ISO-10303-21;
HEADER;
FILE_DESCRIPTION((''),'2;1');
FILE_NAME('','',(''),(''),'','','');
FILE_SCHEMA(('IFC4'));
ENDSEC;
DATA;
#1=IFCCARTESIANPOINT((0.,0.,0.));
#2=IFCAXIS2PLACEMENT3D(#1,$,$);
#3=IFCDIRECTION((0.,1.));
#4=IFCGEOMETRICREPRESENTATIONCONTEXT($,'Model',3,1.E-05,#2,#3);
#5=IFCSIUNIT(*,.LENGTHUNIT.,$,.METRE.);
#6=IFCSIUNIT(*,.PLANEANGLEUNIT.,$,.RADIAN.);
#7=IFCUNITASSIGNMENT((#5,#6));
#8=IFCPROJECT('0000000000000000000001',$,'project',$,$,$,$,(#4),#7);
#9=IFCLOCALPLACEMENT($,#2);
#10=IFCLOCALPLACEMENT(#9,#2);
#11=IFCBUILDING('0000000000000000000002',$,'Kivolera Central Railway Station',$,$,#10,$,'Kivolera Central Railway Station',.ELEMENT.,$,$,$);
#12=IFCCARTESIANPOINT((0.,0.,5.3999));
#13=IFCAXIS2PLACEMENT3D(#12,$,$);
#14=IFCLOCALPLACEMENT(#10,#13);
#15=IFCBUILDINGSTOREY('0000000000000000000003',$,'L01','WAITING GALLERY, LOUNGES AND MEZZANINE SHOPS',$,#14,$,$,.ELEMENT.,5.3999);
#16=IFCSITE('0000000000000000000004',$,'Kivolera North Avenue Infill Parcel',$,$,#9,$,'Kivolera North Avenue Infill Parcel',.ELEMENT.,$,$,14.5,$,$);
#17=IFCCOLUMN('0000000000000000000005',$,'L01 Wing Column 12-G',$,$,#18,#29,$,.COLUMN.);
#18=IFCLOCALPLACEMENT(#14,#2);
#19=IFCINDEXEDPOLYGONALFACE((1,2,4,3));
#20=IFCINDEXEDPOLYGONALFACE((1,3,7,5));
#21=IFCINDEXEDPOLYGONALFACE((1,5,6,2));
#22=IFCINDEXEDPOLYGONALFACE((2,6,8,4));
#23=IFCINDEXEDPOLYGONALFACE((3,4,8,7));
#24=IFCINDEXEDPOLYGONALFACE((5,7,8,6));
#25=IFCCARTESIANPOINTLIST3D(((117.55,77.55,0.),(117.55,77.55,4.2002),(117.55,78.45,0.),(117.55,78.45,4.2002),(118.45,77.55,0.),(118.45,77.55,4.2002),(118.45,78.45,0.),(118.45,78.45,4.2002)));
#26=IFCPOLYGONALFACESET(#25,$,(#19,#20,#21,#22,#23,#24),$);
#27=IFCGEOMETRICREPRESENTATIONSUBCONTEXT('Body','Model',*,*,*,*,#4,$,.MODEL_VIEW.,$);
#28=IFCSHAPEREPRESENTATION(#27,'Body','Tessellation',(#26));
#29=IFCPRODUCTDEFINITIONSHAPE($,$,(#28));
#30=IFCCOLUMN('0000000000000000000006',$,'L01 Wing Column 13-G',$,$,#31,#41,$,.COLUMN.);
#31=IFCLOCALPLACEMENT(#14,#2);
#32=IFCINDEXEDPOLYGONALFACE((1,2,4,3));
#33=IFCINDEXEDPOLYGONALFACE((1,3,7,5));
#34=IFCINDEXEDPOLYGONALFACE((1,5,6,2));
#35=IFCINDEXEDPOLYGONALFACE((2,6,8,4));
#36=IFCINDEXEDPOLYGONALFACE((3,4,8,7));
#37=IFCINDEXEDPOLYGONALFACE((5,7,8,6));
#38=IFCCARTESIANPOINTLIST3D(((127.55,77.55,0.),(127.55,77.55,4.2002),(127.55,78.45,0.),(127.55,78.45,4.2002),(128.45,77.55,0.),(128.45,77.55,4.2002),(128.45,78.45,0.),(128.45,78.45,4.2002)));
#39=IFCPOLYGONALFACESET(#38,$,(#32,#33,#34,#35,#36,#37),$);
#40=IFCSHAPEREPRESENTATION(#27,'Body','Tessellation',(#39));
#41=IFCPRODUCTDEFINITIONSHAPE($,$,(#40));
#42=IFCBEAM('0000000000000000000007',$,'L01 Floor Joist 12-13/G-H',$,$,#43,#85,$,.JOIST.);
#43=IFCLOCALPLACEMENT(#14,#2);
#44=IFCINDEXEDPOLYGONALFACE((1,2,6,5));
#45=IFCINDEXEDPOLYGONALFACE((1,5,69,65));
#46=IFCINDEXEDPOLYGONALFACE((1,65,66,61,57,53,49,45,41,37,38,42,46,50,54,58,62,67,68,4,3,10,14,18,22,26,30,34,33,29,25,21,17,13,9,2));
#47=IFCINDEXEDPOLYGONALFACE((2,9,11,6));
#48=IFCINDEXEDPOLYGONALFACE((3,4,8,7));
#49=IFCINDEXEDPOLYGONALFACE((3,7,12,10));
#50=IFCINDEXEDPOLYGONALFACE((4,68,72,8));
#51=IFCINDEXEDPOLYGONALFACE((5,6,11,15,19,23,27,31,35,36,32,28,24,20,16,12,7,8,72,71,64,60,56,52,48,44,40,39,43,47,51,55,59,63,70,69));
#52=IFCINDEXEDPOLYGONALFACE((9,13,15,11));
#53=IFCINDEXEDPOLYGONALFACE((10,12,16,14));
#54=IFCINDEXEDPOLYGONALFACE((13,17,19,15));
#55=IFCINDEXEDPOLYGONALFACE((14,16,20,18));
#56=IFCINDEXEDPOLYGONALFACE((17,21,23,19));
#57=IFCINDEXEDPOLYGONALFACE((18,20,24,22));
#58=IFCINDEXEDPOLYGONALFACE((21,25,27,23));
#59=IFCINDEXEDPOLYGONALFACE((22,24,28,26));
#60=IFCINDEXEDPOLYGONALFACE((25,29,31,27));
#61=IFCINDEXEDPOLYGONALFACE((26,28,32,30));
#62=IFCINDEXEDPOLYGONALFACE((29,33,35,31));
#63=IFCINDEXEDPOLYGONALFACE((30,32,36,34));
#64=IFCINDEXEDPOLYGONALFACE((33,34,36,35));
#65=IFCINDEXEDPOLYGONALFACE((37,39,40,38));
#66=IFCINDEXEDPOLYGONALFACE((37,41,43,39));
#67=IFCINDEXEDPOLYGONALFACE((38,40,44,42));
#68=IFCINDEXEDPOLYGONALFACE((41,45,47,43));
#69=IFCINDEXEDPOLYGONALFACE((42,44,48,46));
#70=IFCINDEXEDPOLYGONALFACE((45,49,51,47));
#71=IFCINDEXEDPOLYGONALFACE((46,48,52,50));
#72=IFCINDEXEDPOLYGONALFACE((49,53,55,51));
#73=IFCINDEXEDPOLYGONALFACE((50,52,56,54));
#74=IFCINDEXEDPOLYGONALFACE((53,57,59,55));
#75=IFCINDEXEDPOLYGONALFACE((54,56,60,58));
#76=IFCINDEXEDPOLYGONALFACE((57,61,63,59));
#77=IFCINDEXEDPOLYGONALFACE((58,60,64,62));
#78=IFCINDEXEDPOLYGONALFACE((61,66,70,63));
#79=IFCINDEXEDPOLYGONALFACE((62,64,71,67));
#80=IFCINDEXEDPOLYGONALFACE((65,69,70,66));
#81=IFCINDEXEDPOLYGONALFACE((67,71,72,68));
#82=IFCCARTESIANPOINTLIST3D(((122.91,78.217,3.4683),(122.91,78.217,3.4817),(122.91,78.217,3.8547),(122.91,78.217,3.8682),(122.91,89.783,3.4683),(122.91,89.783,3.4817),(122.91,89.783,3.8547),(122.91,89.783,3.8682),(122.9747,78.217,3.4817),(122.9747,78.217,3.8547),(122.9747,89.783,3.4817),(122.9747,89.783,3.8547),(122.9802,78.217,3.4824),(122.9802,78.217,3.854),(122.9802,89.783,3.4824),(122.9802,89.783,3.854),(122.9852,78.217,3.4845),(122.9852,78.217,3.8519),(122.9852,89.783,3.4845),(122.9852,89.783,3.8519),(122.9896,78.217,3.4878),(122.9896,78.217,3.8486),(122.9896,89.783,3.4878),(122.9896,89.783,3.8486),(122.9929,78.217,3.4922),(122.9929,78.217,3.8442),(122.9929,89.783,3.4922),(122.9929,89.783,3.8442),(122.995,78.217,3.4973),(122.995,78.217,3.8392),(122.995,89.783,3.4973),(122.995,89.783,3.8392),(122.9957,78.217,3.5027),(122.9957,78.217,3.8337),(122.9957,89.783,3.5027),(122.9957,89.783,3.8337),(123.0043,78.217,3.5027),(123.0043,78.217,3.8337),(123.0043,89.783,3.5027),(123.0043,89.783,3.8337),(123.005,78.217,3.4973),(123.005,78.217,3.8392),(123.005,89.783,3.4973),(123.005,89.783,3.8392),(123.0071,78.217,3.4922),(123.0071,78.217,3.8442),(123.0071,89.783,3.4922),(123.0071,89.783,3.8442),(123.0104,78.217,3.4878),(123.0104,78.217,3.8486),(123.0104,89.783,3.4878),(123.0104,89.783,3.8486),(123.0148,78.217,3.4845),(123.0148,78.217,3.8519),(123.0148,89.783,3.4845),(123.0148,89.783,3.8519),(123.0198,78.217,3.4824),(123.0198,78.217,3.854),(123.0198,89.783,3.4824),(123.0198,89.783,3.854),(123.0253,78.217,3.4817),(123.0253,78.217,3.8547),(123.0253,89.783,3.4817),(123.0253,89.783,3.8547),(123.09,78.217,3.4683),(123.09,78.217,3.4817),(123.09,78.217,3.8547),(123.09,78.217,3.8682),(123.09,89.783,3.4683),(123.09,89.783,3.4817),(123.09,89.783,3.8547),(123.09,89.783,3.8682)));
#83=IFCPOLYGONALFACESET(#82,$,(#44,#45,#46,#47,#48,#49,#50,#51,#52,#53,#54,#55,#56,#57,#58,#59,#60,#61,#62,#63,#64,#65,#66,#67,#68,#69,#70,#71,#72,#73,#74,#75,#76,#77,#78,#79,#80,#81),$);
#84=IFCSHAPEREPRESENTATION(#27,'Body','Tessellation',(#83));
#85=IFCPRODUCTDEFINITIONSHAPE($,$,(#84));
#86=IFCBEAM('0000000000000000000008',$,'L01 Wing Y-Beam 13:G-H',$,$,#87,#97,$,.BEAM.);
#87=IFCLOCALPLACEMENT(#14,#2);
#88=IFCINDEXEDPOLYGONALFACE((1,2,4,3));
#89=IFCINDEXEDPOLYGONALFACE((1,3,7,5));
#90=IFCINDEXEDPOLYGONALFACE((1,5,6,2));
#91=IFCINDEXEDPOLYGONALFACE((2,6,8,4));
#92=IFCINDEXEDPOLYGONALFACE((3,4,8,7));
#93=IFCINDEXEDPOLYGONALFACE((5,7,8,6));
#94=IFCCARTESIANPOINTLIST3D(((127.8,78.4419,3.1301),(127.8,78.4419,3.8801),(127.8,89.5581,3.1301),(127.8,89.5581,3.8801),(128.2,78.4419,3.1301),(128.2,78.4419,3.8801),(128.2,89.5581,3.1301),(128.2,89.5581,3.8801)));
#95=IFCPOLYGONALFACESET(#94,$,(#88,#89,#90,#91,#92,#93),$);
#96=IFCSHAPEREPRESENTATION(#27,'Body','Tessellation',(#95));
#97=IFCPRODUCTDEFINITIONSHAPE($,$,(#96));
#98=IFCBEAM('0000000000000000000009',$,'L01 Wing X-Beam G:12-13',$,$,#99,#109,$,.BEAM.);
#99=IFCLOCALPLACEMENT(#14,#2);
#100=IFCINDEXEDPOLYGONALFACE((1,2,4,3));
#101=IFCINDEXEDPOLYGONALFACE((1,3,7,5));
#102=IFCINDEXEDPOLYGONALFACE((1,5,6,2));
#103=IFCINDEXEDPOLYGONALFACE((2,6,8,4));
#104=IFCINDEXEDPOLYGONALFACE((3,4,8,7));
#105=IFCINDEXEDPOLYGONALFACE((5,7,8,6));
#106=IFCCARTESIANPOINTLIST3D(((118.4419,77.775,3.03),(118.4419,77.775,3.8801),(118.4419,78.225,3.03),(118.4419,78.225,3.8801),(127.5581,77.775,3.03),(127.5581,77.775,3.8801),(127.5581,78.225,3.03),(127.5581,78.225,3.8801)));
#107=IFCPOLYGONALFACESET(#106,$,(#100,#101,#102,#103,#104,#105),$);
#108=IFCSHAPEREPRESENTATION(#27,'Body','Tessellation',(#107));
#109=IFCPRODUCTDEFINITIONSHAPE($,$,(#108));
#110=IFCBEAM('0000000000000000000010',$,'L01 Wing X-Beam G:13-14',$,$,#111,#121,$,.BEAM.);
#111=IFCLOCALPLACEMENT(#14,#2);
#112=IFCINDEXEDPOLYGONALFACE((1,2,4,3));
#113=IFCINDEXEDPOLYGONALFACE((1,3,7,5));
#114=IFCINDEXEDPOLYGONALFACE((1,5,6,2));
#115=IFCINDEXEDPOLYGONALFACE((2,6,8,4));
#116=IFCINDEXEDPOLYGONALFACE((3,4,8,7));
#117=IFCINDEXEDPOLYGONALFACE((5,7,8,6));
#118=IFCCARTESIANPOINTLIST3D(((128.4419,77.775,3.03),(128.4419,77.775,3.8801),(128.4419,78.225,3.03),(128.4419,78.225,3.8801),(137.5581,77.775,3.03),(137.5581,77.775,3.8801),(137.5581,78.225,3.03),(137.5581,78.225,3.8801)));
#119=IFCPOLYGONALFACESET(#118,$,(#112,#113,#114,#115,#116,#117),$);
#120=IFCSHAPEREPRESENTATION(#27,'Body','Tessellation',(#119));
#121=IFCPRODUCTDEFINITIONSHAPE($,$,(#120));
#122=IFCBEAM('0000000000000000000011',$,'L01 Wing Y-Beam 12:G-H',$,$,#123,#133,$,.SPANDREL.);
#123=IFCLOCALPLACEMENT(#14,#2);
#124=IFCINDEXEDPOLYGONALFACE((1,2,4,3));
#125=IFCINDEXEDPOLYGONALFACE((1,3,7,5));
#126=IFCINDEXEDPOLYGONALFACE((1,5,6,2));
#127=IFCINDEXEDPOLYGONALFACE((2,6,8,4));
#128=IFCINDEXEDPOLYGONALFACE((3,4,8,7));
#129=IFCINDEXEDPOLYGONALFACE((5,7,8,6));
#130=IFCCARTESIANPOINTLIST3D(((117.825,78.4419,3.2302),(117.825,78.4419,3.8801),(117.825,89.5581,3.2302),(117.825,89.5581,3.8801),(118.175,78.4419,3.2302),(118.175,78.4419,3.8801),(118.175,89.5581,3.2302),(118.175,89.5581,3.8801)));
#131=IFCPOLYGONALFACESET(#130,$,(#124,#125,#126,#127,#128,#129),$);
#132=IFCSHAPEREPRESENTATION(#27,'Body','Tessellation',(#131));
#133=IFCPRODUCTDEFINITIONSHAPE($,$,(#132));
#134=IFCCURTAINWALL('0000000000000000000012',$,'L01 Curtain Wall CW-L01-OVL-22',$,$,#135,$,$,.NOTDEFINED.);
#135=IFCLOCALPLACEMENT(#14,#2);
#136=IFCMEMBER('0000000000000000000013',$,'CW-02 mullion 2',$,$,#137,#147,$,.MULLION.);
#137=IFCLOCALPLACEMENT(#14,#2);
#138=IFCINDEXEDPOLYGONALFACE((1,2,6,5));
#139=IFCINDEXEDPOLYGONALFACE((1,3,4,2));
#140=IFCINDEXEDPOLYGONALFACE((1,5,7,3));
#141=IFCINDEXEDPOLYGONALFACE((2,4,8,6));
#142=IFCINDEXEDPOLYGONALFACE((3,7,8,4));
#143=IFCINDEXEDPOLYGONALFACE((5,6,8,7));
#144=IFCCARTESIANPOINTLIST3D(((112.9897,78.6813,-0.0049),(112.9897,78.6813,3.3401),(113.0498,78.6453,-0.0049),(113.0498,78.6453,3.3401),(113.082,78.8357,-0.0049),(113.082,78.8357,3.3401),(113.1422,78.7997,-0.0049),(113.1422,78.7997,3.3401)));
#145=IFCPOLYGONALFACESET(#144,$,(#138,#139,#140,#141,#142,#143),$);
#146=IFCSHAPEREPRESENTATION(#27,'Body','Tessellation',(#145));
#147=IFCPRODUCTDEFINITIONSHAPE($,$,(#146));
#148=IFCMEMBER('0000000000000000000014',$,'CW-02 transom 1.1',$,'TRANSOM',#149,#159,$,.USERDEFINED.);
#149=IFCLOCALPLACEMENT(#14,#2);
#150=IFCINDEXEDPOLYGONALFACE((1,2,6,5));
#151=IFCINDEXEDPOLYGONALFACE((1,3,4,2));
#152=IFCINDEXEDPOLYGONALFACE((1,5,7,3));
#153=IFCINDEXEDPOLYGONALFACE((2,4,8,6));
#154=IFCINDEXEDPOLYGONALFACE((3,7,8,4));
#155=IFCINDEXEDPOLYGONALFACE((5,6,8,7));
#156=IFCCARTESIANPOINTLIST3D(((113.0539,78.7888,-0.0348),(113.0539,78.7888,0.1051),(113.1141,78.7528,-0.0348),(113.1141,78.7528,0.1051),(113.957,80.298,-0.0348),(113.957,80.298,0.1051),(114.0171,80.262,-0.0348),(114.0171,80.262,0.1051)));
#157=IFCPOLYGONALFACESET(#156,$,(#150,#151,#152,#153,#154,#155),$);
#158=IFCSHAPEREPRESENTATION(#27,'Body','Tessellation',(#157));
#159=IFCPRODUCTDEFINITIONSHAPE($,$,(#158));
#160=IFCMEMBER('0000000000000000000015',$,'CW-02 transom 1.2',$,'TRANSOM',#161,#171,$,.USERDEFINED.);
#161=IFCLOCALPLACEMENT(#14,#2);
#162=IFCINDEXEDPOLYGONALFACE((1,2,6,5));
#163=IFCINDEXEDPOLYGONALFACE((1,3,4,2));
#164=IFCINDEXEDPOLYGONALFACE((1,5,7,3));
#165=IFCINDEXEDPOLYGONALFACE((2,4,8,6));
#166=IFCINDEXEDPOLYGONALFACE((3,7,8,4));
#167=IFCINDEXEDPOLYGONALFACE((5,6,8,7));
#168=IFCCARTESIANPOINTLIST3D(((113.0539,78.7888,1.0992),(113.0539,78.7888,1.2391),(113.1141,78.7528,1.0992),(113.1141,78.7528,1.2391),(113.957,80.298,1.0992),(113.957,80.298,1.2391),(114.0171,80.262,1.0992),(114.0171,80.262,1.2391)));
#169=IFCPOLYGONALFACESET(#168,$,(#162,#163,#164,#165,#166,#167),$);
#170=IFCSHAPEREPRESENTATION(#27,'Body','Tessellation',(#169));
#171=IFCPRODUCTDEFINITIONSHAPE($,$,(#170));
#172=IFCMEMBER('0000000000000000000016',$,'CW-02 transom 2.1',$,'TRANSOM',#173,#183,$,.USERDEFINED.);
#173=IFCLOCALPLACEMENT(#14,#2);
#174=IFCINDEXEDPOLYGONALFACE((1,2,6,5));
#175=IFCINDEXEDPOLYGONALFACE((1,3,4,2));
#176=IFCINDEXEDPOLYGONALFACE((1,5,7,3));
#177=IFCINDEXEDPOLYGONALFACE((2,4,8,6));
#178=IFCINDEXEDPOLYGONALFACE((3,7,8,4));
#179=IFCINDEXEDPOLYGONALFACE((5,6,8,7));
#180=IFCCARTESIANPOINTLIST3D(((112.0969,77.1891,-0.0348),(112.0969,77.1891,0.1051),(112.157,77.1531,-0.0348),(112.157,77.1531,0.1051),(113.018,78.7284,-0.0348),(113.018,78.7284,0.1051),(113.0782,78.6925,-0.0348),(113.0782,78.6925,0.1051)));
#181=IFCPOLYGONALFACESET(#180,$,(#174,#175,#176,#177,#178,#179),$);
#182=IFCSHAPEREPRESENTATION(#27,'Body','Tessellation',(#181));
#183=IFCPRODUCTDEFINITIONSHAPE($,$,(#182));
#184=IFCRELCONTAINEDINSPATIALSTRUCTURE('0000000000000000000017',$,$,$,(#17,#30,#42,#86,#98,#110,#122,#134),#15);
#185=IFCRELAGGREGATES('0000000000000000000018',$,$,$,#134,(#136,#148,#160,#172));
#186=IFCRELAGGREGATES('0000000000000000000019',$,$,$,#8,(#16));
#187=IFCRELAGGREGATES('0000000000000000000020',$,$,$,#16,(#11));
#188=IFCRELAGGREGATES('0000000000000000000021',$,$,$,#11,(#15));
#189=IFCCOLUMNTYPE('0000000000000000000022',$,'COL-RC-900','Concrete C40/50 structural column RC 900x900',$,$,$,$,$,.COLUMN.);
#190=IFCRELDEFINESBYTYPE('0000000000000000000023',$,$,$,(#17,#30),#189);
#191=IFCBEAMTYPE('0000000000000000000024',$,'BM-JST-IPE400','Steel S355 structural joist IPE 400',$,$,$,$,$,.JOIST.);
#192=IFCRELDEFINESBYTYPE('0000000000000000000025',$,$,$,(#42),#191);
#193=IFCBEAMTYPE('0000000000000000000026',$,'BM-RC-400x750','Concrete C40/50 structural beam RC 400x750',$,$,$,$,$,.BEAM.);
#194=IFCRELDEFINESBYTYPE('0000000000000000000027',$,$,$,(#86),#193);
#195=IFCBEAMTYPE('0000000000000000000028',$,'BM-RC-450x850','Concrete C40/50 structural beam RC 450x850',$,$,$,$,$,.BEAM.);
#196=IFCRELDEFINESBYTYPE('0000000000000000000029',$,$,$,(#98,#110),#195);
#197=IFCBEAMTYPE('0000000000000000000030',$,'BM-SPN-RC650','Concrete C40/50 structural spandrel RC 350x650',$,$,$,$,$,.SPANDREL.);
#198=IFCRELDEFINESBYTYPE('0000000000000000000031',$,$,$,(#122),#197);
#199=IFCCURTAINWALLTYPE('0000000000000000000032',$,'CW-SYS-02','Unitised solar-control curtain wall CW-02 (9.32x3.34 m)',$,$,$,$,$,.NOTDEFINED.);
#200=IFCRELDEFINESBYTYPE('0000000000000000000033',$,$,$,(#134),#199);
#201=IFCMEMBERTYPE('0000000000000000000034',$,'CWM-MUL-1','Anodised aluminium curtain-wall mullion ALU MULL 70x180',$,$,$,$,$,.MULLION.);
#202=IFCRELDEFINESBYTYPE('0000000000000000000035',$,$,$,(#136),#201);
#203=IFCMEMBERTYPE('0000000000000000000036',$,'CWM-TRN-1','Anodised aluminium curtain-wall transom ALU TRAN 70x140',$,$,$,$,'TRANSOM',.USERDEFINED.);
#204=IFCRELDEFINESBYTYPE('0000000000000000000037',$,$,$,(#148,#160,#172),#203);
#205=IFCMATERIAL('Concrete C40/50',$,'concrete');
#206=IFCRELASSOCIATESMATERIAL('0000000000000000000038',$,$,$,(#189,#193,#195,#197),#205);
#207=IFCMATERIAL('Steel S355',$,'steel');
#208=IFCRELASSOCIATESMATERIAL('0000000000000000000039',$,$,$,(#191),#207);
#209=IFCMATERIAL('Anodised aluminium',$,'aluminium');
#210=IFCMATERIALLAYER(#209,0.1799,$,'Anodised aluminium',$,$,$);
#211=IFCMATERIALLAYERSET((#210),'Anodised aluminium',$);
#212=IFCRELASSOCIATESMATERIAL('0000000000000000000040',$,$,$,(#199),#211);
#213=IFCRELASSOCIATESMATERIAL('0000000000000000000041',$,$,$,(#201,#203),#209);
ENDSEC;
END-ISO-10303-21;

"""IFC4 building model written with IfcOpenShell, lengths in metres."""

from ifc_helpers import new_model, si_unit, direction, frame, origin, origin_2d, place, context, subcontext, project, spatial, rectangle, i_section, extrude, material, layer, layer_set, material_profile, profile_set, type_object, element, aggregate, save


model = new_model("IFC4")

# Units and contexts
model_context = context("Model", 3, precision=1e-05, world=origin(), true_north=direction((0.0, 1.0)))
body_context = subcontext(model_context, "Body", "Model", "MODEL_VIEW")
ifc_project = project(units=[si_unit("LENGTHUNIT", "METRE"), si_unit("PLANEANGLEUNIT", "RADIAN")], contexts=[model_context])

# Site, building, storey
site_placement = place(None, origin())
site = spatial("IfcSite", under=ifc_project, at=site_placement, Name="Kivolera North Avenue Infill Parcel", LongName="Kivolera North Avenue Infill Parcel", CompositionType="ELEMENT", RefElevation=14.5)
building_placement = place(site_placement, origin())
building = spatial("IfcBuilding", under=site, at=building_placement, Name="Kivolera Central Railway Station", LongName="Kivolera Central Railway Station", CompositionType="ELEMENT")
storey_placement = place(building_placement, frame((0.0, 0.0, 5.3999)))
storey = spatial("IfcBuildingStorey", under=building, at=storey_placement, Name="L01", Description="WAITING GALLERY, LOUNGES AND MEZZANINE SHOPS", CompositionType="ELEMENT", Elevation=5.3999)

# Columns
ifc_material_1 = material(Name="Concrete C40/50", Category="concrete")
ifc_material_profile_1 = material_profile(ifc_material_1, rectangle(XDim=0.8999, YDim=0.8999, at=origin_2d()), Name="RC 900x900")
ifc_profile_set_1 = profile_set([ifc_material_profile_1], Name="Concrete C40/50")
column_type = type_object("IfcColumnType", Name="COL-RC-900", Description="Concrete C40/50 structural column RC 900x900", PredefinedType="COLUMN", material=ifc_profile_set_1)
for number, where, z_axis, x_axis, name in (
    (1, (118.0, 78.0, 0.0), (0.0, 0.0, 1.0), (1.0, 0.0, 0.0), "L01 Wing Column 12-G"),
    (2, (128.0, 78.0, 0.0), (0.0, 0.0, 1.0), (1.0, 0.0, 0.0), "L01 Wing Column 13-G"),
):
    element("IfcColumn", number, at=place(storey_placement, frame(where, z_axis=z_axis, x_axis=x_axis)), inside=storey, type_object=column_type, Name=name, PredefinedType="COLUMN", context=body_context, shape_type="SweptSolid", body=[
        extrude(rectangle(XDim=0.8999, YDim=0.8999, at=origin_2d()), origin(), (0.0, 0.0, 1.0), 4.2002),
    ])

# Beams
ifc_material_2 = material(Name="Steel S355", Category="steel")
ifc_material_profile_2 = material_profile(ifc_material_2, i_section(OverallWidth=0.1799, OverallDepth=0.3999, WebThickness=0.0085, FlangeThickness=0.0134, FilletRadius=0.021, at=origin_2d()), Name="IPE 400")
ifc_profile_set_2 = profile_set([ifc_material_profile_2], Name="Steel S355")
beam_type_1 = type_object("IfcBeamType", Name="BM-JST-IPE400", Description="Steel S355 structural joist IPE 400", PredefinedType="JOIST", material=ifc_profile_set_2)
beam_1_placement = place(storey_placement, frame((123.0, 78.217, 3.6682), z_axis=(0.0, 1.0, 0.0), x_axis=(-1.0, 0.0, 0.0)))
element("IfcBeam", 3, at=beam_1_placement, inside=storey, type_object=beam_type_1, Name="L01 Floor Joist 12-13/G-H", PredefinedType="JOIST", context=body_context, shape_type="SweptSolid", body=[
    extrude(i_section(OverallWidth=0.1799, OverallDepth=0.3999, WebThickness=0.0085, FlangeThickness=0.0134, FilletRadius=0.021, at=origin_2d()), origin(), (0.0, 0.0, 1.0), 11.5659),
])
ifc_material_profile_3 = material_profile(ifc_material_1, rectangle(XDim=0.3999, YDim=0.75, at=origin_2d()), Name="RC 400x750")
ifc_profile_set_3 = profile_set([ifc_material_profile_3], Name="Concrete C40/50")
beam_type_2 = type_object("IfcBeamType", Name="BM-RC-400x750", Description="Concrete C40/50 structural beam RC 400x750", PredefinedType="BEAM", material=ifc_profile_set_3)
beam_2_placement = place(storey_placement, frame((128.0, 78.4419, 3.5051), z_axis=(0.0, 1.0, 0.0), x_axis=(-1.0, 0.0, 0.0)))
element("IfcBeam", 4, at=beam_2_placement, inside=storey, type_object=beam_type_2, Name="L01 Wing Y-Beam 13:G-H", PredefinedType="BEAM", context=body_context, shape_type="SweptSolid", body=[
    extrude(rectangle(XDim=0.3999, YDim=0.75, at=origin_2d()), origin(), (0.0, 0.0, 1.0), 11.1162),
])
ifc_material_profile_4 = material_profile(ifc_material_1, rectangle(XDim=0.45, YDim=0.8501, at=origin_2d()), Name="RC 450x850")
ifc_profile_set_4 = profile_set([ifc_material_profile_4], Name="Concrete C40/50")
beam_type_3 = type_object("IfcBeamType", Name="BM-RC-450x850", Description="Concrete C40/50 structural beam RC 450x850", PredefinedType="BEAM", material=ifc_profile_set_4)
for number, where, z_axis, x_axis, name in (
    (5, (118.4419, 78.0, 3.4551), (1.0, 0.0, 0.0), (0.0, 1.0, 0.0), "L01 Wing X-Beam G:12-13"),
    (6, (128.4419, 78.0, 3.4551), (1.0, 0.0, 0.0), (0.0, 1.0, 0.0), "L01 Wing X-Beam G:13-14"),
):
    element("IfcBeam", number, at=place(storey_placement, frame(where, z_axis=z_axis, x_axis=x_axis)), inside=storey, type_object=beam_type_3, Name=name, PredefinedType="BEAM", context=body_context, shape_type="SweptSolid", body=[
        extrude(rectangle(XDim=0.45, YDim=0.8501, at=origin_2d()), origin(), (0.0, 0.0, 1.0), 9.1162),
    ])
ifc_material_profile_5 = material_profile(ifc_material_1, rectangle(XDim=0.3501, YDim=0.6499, at=origin_2d()), Name="RC 350x650")
ifc_profile_set_5 = profile_set([ifc_material_profile_5], Name="Concrete C40/50")
beam_type_4 = type_object("IfcBeamType", Name="BM-SPN-RC650", Description="Concrete C40/50 structural spandrel RC 350x650", PredefinedType="SPANDREL", material=ifc_profile_set_5)
beam_3_placement = place(storey_placement, frame((118.0, 78.4419, 3.5552), z_axis=(0.0, 1.0, 0.0), x_axis=(-1.0, 0.0, 0.0)))
element("IfcBeam", 7, at=beam_3_placement, inside=storey, type_object=beam_type_4, Name="L01 Wing Y-Beam 12:G-H", PredefinedType="SPANDREL", context=body_context, shape_type="SweptSolid", body=[
    extrude(rectangle(XDim=0.3501, YDim=0.6499, at=origin_2d()), origin(), (0.0, 0.0, 1.0), 11.1162),
])

# Curtain wall, members
ifc_material_3 = material(Name="Anodised aluminium", Category="aluminium")
ifc_layer_1 = layer(ifc_material_3, 0.1799, Name="Anodised aluminium")
ifc_layer_set_1 = layer_set([ifc_layer_1], Name="Anodised aluminium")
curtain_wall_type = type_object("IfcCurtainWallType", Name="CW-SYS-02", Description="Unitised solar-control curtain wall CW-02 (9.32x3.34 m)", PredefinedType="NOTDEFINED", material=ifc_layer_set_1)
curtain_wall_placement = place(storey_placement, origin())
curtain_wall = element("IfcCurtainWall", 8, at=curtain_wall_placement, inside=storey, type_object=curtain_wall_type, Name="L01 Curtain Wall CW-L01-OVL-22", PredefinedType="NOTDEFINED")
ifc_material_profile_6 = material_profile(ifc_material_3, rectangle(XDim=0.0701, YDim=0.1799, at=origin_2d()), Name="ALU MULL 70x180")
ifc_profile_set_6 = profile_set([ifc_material_profile_6], Name="Anodised aluminium")
member_type_1 = type_object("IfcMemberType", Name="CWM-MUL-1", Description="Anodised aluminium curtain-wall mullion ALU MULL 70x180", PredefinedType="MULLION", material=ifc_profile_set_6)
member_1_placement = place(storey_placement, frame((113.0659, 78.7405, -0.0049), z_axis=(0.0, 0.0, 1.0), x_axis=(0.858117, -0.513454, 0.0)))
member_1 = element("IfcMember", 9, at=member_1_placement, type_object=member_type_1, Name="CW-02 mullion 2", PredefinedType="MULLION", context=body_context, shape_type="SweptSolid", body=[
    extrude(rectangle(XDim=0.0701, YDim=0.1799, at=origin_2d()), origin(), (0.0, 0.0, 1.0), 3.345),
])
ifc_material_profile_7 = material_profile(ifc_material_3, rectangle(XDim=0.0701, YDim=0.1399, at=origin_2d()), Name="ALU TRAN 70x140")
ifc_profile_set_7 = profile_set([ifc_material_profile_7], Name="Anodised aluminium")
member_type_2 = type_object("IfcMemberType", Name="CWM-TRN-1", Description="Anodised aluminium curtain-wall transom ALU TRAN 70x140", ElementType="TRANSOM", PredefinedType="USERDEFINED", material=ifc_profile_set_7)
member_2_placement = place(storey_placement, frame((113.9871, 80.28, 0.0352), z_axis=(-0.513454, -0.858117, 0.0), x_axis=(0.858117, -0.513454, 0.0)))
member_2 = element("IfcMember", 10, at=member_2_placement, type_object=member_type_2, Name="CW-02 transom 1.1", ObjectType="TRANSOM", PredefinedType="USERDEFINED", context=body_context, shape_type="SweptSolid", body=[
    extrude(rectangle(XDim=0.0701, YDim=0.1399, at=origin_2d()), origin(), (0.0, 0.0, 1.0), 1.7588),
])
member_3_placement = place(storey_placement, frame((113.9871, 80.28, 1.1692), z_axis=(-0.513454, -0.858117, 0.0), x_axis=(0.858117, -0.513454, 0.0)))
member_3 = element("IfcMember", 11, at=member_3_placement, type_object=member_type_2, Name="CW-02 transom 1.2", ObjectType="TRANSOM", PredefinedType="USERDEFINED", context=body_context, shape_type="SweptSolid", body=[
    extrude(rectangle(XDim=0.0701, YDim=0.1399, at=origin_2d()), origin(), (0.0, 0.0, 1.0), 1.7588),
])
member_4_placement = place(storey_placement, frame((113.0481, 78.7104, 0.0352), z_axis=(-0.513495, -0.858093, 0.0), x_axis=(0.858093, -0.513495, 0.0)))
member_4 = element("IfcMember", 12, at=member_4_placement, type_object=member_type_2, Name="CW-02 transom 2.1", ObjectType="TRANSOM", PredefinedType="USERDEFINED", context=body_context, shape_type="SweptSolid", body=[
    extrude(rectangle(XDim=0.0701, YDim=0.1399, at=origin_2d()), origin(), (0.0, 0.0, 1.0), 1.7939),
])
aggregate(curtain_wall, [member_1, member_2, member_3, member_4])

save(model, "model.ifc")
